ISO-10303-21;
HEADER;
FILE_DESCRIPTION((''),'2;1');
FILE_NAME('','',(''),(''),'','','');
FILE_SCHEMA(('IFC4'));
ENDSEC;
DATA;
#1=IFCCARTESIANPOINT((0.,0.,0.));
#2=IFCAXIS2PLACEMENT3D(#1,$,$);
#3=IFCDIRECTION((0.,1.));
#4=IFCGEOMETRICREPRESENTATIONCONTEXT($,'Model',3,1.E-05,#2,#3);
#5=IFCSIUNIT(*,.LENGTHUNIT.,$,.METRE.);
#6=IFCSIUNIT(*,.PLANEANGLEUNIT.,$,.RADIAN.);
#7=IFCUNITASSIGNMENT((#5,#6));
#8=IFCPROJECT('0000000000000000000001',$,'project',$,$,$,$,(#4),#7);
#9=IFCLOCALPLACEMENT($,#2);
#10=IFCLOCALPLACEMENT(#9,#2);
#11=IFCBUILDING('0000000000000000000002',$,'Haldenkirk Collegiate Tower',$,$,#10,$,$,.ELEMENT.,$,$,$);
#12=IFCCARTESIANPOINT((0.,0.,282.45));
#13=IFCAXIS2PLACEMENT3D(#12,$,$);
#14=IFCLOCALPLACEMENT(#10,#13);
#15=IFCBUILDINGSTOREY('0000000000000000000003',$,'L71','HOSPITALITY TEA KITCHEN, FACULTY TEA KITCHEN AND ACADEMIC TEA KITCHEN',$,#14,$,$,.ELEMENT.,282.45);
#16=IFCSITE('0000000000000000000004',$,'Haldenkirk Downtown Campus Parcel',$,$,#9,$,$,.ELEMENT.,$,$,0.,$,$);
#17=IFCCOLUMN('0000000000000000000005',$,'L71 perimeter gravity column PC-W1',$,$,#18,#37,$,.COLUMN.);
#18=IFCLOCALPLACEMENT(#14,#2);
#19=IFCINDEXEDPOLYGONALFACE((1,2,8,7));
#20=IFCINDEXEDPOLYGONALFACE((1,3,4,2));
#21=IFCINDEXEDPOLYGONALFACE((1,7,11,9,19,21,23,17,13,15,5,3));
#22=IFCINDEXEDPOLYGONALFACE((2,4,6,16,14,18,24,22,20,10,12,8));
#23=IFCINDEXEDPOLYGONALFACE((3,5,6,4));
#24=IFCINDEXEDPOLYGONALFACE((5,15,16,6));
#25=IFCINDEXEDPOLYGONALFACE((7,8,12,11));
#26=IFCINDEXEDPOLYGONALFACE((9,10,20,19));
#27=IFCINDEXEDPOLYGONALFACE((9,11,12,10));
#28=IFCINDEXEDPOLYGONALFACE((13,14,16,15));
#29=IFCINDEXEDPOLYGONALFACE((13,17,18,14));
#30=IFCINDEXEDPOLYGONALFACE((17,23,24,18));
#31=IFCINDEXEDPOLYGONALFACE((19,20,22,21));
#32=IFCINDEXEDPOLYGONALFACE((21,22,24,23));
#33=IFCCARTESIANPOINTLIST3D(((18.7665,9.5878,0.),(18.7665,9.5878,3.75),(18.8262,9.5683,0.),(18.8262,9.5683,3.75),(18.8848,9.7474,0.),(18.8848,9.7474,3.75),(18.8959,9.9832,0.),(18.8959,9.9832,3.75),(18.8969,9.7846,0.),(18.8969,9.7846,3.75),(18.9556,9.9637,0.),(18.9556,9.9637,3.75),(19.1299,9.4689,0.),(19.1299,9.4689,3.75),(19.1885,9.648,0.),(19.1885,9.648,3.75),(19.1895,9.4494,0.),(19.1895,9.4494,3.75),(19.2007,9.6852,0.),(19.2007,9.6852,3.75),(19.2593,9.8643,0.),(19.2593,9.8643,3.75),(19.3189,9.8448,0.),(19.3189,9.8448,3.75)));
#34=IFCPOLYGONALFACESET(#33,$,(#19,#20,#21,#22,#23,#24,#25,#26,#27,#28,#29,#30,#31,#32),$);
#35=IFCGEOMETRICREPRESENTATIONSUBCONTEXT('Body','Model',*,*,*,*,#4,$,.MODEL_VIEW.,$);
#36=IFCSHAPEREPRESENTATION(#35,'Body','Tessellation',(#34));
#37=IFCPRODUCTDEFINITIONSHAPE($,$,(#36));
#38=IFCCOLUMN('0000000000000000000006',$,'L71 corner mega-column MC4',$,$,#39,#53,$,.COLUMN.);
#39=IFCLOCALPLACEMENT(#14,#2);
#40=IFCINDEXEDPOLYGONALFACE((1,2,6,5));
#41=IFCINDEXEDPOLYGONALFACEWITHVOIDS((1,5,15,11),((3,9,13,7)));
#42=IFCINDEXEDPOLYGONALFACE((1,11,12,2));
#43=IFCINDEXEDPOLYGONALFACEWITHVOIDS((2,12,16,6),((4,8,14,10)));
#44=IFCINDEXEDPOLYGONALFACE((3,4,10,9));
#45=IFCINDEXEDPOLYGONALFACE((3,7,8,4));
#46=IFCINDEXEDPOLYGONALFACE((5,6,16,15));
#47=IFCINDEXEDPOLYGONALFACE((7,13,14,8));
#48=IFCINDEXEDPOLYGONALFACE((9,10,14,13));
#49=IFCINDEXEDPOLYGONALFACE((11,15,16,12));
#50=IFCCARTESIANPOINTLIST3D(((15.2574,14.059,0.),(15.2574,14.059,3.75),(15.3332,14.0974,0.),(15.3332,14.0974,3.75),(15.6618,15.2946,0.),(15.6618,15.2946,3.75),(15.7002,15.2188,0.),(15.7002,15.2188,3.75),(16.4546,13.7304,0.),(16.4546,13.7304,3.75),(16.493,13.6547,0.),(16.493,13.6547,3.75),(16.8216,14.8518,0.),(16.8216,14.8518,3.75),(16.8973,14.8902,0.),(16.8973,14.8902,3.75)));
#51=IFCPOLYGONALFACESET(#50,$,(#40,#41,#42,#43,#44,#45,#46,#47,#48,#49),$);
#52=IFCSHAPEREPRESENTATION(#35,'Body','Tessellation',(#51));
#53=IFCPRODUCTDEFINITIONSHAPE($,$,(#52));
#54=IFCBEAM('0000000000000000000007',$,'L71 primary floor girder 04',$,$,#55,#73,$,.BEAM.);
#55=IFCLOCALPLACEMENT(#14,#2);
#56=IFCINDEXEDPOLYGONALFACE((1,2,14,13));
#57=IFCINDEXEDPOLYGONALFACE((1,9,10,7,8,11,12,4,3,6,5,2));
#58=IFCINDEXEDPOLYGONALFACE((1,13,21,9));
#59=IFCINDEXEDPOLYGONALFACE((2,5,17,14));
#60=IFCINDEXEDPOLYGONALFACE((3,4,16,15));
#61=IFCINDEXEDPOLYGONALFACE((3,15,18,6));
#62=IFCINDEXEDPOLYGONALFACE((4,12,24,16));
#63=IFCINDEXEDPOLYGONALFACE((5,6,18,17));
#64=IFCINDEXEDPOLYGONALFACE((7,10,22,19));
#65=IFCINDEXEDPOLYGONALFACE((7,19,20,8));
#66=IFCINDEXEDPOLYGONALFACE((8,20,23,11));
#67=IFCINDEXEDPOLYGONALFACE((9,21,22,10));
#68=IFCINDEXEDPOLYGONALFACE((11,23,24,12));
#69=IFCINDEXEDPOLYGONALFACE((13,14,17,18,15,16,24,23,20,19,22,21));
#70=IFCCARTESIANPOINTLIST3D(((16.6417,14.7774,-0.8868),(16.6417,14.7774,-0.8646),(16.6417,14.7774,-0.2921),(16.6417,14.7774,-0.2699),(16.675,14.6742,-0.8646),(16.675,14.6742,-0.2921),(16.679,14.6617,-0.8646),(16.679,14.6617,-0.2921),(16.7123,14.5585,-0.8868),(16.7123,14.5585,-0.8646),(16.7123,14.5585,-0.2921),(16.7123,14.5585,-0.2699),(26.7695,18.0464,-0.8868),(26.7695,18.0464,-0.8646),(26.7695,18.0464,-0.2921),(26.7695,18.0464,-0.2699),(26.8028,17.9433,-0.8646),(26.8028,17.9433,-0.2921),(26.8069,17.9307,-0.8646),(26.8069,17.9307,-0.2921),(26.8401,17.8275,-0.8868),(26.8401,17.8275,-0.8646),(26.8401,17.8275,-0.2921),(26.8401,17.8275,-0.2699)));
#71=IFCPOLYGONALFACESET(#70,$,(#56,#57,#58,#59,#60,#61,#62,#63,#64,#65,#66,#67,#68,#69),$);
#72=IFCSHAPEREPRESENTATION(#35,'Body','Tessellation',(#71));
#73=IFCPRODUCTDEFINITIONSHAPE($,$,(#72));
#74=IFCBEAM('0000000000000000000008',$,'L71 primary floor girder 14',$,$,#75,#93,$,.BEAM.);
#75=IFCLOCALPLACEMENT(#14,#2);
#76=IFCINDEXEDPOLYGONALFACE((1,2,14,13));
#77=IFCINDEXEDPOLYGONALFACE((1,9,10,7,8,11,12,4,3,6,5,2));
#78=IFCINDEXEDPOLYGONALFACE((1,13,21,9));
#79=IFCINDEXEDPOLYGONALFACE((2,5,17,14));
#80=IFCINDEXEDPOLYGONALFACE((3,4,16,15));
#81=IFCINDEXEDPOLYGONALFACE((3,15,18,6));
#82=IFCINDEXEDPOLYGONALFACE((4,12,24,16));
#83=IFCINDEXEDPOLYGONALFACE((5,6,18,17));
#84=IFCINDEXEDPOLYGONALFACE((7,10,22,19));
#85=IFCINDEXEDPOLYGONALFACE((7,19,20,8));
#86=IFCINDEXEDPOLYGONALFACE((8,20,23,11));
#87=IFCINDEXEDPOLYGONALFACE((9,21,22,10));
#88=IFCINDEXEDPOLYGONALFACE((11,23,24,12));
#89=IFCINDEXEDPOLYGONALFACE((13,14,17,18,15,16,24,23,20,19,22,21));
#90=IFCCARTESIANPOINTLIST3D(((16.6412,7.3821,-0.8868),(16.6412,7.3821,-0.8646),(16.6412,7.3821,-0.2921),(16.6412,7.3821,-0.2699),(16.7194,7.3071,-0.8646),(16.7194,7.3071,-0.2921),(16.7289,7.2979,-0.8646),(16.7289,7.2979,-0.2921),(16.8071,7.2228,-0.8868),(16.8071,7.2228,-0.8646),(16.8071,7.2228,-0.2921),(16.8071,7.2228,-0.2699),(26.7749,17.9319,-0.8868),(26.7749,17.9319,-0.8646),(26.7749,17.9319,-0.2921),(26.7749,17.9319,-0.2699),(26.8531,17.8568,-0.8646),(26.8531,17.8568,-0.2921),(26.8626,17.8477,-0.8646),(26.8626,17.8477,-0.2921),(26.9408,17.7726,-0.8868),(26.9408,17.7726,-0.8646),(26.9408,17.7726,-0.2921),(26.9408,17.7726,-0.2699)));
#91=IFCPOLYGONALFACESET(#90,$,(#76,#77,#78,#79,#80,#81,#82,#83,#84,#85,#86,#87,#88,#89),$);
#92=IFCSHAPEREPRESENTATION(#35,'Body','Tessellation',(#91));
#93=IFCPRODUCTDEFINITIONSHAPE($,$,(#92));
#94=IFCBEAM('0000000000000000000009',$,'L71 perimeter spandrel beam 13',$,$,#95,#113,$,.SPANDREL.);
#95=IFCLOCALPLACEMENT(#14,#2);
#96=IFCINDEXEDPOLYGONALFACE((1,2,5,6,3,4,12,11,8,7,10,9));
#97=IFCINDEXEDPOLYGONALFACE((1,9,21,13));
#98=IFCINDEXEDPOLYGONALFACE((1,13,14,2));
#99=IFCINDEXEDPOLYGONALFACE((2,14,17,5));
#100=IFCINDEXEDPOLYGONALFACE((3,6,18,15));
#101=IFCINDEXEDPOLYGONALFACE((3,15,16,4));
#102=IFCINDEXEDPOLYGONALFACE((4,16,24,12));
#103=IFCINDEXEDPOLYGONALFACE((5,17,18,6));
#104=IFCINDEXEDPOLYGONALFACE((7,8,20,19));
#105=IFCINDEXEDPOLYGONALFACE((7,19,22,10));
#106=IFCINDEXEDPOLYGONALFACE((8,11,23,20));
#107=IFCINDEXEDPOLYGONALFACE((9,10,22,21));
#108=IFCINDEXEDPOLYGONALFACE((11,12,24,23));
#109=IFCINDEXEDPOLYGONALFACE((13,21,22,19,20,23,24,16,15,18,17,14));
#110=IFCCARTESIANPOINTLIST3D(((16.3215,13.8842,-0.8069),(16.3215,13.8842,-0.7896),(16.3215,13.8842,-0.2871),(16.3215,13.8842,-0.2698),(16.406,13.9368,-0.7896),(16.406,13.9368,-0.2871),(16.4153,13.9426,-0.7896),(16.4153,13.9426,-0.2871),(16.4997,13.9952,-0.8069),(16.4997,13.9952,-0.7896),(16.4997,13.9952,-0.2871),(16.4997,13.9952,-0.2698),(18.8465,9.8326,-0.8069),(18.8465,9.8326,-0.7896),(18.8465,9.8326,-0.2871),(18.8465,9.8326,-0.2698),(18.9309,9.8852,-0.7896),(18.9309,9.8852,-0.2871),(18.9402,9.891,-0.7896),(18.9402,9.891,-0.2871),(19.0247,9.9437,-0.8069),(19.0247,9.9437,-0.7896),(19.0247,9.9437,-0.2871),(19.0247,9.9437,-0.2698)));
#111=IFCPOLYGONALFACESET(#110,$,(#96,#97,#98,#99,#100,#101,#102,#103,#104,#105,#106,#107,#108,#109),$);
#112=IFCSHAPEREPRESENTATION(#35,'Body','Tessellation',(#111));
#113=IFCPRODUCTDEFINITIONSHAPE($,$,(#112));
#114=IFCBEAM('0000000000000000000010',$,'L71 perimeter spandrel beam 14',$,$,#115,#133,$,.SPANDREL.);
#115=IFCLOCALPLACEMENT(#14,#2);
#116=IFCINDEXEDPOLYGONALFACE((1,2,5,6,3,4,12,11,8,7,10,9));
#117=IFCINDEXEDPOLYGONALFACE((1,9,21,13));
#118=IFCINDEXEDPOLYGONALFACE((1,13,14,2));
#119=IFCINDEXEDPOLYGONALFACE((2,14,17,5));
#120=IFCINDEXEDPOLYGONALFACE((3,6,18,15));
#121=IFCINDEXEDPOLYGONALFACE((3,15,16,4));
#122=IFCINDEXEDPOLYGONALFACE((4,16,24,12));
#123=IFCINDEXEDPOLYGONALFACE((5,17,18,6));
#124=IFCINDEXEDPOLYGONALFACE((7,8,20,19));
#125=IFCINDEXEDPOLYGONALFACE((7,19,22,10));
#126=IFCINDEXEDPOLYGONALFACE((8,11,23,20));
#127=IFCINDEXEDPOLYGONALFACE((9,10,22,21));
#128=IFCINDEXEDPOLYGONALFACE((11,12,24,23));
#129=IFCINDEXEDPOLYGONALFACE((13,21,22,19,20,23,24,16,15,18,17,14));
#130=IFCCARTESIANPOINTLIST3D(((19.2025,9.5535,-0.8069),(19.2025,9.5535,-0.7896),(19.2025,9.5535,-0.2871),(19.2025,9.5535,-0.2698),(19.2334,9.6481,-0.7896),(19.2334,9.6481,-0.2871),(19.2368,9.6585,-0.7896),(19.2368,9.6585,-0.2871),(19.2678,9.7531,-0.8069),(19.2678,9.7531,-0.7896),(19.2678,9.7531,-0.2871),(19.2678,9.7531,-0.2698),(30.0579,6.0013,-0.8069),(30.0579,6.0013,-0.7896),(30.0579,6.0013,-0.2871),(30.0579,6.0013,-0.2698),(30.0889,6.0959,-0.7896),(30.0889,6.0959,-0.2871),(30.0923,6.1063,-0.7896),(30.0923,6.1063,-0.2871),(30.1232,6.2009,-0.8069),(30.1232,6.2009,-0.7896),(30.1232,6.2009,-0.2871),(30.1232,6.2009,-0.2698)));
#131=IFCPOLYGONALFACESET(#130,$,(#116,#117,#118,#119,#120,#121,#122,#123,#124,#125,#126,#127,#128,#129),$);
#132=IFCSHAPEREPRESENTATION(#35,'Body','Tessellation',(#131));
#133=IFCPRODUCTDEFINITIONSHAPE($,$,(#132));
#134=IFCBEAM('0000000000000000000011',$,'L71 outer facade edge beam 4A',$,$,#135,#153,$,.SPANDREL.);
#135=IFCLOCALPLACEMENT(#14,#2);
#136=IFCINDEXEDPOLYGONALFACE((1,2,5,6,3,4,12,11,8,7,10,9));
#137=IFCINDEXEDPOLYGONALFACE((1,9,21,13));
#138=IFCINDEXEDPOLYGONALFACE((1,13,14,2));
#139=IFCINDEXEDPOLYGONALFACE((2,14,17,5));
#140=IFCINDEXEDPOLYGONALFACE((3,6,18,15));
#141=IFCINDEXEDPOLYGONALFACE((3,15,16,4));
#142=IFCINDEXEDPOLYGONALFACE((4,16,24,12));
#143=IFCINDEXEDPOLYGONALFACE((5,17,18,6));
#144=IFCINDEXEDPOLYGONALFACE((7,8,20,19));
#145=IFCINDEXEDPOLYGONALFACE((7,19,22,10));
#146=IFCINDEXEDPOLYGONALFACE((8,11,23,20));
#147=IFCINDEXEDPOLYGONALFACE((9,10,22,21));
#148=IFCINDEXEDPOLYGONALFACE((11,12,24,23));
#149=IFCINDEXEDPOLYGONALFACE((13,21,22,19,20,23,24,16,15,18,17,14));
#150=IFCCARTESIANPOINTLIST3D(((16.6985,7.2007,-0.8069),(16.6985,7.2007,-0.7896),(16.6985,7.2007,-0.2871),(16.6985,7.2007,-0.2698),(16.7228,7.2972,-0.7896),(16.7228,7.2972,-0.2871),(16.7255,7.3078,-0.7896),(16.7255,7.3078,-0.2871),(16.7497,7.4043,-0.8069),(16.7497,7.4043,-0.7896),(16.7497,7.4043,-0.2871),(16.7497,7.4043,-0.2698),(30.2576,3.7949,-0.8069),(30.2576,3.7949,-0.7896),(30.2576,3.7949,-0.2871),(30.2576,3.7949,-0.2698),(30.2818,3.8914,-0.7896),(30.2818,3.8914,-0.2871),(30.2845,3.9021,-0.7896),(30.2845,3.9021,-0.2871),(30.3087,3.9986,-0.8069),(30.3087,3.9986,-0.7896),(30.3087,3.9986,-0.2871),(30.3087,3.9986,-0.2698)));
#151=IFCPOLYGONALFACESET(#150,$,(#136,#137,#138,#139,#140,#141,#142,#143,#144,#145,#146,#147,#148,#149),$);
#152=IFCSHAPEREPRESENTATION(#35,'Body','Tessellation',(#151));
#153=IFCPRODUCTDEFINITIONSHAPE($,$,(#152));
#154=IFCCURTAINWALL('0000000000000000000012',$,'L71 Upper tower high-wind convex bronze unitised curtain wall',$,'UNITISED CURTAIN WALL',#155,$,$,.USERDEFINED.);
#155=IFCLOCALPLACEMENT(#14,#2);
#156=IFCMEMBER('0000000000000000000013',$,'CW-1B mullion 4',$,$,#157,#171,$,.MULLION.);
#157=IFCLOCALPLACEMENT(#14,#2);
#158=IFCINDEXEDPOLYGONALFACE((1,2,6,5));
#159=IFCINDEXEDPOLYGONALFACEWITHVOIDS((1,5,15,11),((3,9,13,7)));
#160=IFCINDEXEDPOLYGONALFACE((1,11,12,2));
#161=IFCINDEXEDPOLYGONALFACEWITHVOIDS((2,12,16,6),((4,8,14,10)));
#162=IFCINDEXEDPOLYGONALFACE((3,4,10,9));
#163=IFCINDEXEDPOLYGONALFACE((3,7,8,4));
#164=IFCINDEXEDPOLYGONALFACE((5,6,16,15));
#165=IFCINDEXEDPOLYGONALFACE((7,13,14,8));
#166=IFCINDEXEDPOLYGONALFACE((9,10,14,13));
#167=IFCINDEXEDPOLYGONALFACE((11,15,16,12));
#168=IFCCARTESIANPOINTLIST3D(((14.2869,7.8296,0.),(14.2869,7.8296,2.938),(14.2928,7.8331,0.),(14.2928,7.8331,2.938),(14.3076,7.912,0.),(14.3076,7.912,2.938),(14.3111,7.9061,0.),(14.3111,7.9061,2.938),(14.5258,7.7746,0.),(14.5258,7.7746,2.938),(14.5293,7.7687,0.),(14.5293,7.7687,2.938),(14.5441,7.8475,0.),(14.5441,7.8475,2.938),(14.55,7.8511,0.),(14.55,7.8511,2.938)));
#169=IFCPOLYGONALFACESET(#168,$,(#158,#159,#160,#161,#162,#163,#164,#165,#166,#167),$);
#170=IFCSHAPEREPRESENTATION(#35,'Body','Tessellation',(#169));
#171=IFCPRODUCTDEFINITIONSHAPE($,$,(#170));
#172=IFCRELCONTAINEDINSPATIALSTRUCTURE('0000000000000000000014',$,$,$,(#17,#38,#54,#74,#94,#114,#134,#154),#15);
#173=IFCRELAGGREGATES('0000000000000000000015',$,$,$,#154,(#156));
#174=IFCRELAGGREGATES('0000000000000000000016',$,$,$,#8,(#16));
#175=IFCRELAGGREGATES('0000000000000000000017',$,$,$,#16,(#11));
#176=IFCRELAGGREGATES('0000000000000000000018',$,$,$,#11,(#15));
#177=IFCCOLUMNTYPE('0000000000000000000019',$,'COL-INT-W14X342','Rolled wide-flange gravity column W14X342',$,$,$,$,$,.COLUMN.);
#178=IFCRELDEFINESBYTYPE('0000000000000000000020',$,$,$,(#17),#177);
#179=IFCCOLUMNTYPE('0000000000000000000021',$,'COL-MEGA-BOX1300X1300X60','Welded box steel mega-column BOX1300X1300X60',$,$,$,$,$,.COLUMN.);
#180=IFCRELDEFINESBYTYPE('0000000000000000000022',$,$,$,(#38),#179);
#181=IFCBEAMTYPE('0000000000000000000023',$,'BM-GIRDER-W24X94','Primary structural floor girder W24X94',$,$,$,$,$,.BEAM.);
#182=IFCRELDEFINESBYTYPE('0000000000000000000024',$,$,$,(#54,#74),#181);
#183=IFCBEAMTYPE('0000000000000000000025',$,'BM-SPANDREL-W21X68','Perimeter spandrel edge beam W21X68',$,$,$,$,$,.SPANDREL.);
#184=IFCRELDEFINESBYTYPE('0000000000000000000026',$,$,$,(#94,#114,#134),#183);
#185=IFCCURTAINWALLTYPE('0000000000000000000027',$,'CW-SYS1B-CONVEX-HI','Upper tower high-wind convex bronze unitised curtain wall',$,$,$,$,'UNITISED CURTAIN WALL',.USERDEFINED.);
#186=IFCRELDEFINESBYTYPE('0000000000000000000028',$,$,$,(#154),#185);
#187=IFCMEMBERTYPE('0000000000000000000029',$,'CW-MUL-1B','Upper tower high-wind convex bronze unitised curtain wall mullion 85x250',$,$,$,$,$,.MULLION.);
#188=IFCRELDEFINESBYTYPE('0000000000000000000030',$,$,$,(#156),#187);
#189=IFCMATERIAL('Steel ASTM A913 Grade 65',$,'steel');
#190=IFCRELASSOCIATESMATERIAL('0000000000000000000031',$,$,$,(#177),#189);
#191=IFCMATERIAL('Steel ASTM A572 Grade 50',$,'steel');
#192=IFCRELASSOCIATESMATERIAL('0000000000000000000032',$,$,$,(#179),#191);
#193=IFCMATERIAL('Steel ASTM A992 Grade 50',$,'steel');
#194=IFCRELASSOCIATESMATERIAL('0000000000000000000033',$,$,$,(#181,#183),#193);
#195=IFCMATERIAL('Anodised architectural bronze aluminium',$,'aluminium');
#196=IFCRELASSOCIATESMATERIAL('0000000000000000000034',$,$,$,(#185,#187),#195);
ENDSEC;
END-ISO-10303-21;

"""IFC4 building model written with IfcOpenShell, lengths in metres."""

from ifc_helpers import new_model, si_unit, direction, frame, origin, origin_2d, place, context, subcontext, project, spatial, hollow_rectangle, i_section, extrude, material, material_profile, profile_set, type_object, element, aggregate, save


model = new_model("IFC4")

# Units and contexts
model_context = context("Model", 3, precision=1e-05, world=origin(), true_north=direction((0.0, 1.0)))
body_context = subcontext(model_context, "Body", "Model", "MODEL_VIEW")
ifc_project = project(units=[si_unit("LENGTHUNIT", "METRE"), si_unit("PLANEANGLEUNIT", "RADIAN")], contexts=[model_context])

# Site, building, storey
site_placement = place(None, origin())
site = spatial("IfcSite", under=ifc_project, at=site_placement, Name="Haldenkirk Downtown Campus Parcel", CompositionType="ELEMENT", RefElevation=0.0)
building_placement = place(site_placement, origin())
building = spatial("IfcBuilding", under=site, at=building_placement, Name="Haldenkirk Collegiate Tower", CompositionType="ELEMENT")
storey_placement = place(building_placement, frame((0.0, 0.0, 282.45)))
storey = spatial("IfcBuildingStorey", under=building, at=storey_placement, Name="L71", Description="HOSPITALITY TEA KITCHEN, FACULTY TEA KITCHEN AND ACADEMIC TEA KITCHEN", CompositionType="ELEMENT", Elevation=282.45)

# Columns
ifc_material_1 = material(Name="Steel ASTM A913 Grade 65", Category="steel")
ifc_material_profile_1 = material_profile(ifc_material_1, i_section(OverallWidth=0.416, OverallDepth=0.4451, WebThickness=0.0391, FlangeThickness=0.0627, at=origin_2d()), Name="W14X342")
ifc_profile_set_1 = profile_set([ifc_material_profile_1], Name="Steel ASTM A913 Grade 65")
column_type_1 = type_object("IfcColumnType", Name="COL-INT-W14X342", Description="Rolled wide-flange gravity column W14X342", PredefinedType="COLUMN", material=ifc_profile_set_1)
column_1_placement = place(storey_placement, frame((19.0427, 9.7163, 0.0), z_axis=(0.0, 0.0, 1.0), x_axis=(0.311008, 0.950407, 0.0)))
element("IfcColumn", 1, at=column_1_placement, inside=storey, type_object=column_type_1, Name="L71 perimeter gravity column PC-W1", PredefinedType="COLUMN", context=body_context, shape_type="SweptSolid", body=[
    extrude(i_section(OverallWidth=0.416, OverallDepth=0.4451, WebThickness=0.0391, FlangeThickness=0.0627, at=origin_2d()), origin(), (0.0, 0.0, 1.0), 3.75),
])
ifc_material_2 = material(Name="Steel ASTM A572 Grade 50", Category="steel")
ifc_material_profile_2 = material_profile(ifc_material_2, hollow_rectangle(XDim=1.3, YDim=1.3, WallThickness=0.0601, at=origin_2d()), Name="BOX1300X1300X60")
ifc_profile_set_2 = profile_set([ifc_material_profile_2], Name="Steel ASTM A572 Grade 50")
column_type_2 = type_object("IfcColumnType", Name="COL-MEGA-BOX1300X1300X60", Description="Welded box steel mega-column BOX1300X1300X60", PredefinedType="COLUMN", material=ifc_profile_set_2)
column_2_placement = place(storey_placement, frame((16.0774, 14.4746, 0.0), z_axis=(0.0, 0.0, 1.0), x_axis=(0.311008, 0.950407, 0.0)))
element("IfcColumn", 2, at=column_2_placement, inside=storey, type_object=column_type_2, Name="L71 corner mega-column MC4", PredefinedType="COLUMN", context=body_context, shape_type="SweptSolid", body=[
    extrude(hollow_rectangle(XDim=1.3, YDim=1.3, WallThickness=0.0601, at=origin_2d()), origin(), (0.0, 0.0, 1.0), 3.75),
])

# Beams
ifc_material_3 = material(Name="Steel ASTM A992 Grade 50", Category="steel")
ifc_material_profile_3 = material_profile(ifc_material_3, i_section(OverallWidth=0.23, OverallDepth=0.6169, WebThickness=0.0132, FlangeThickness=0.0222, at=origin_2d()), Name="W24X94")
ifc_profile_set_3 = profile_set([ifc_material_profile_3], Name="Steel ASTM A992 Grade 50")
beam_type_1 = type_object("IfcBeamType", Name="BM-GIRDER-W24X94", Description="Primary structural floor girder W24X94", PredefinedType="BEAM", material=ifc_profile_set_3)
beam_1_placement = place(storey_placement, frame((16.677, 14.668, -0.5784), z_axis=(0.951655, 0.30717, 0.0), x_axis=(-0.30717, 0.951655, 0.0)))
element("IfcBeam", 3, at=beam_1_placement, inside=storey, type_object=beam_type_1, Name="L71 primary floor girder 04", PredefinedType="BEAM", context=body_context, shape_type="SweptSolid", body=[
    extrude(i_section(OverallWidth=0.23, OverallDepth=0.6169, WebThickness=0.0132, FlangeThickness=0.0222, at=origin_2d()), origin(), (0.0, 0.0, 1.0), 10.6423),
])
beam_2_placement = place(storey_placement, frame((16.7241, 7.3025, -0.5784), z_axis=(0.692744, 0.721183, 0.0), x_axis=(-0.721183, 0.692744, 0.0)))
element("IfcBeam", 4, at=beam_2_placement, inside=storey, type_object=beam_type_1, Name="L71 primary floor girder 14", PredefinedType="BEAM", context=body_context, shape_type="SweptSolid", body=[
    extrude(i_section(OverallWidth=0.23, OverallDepth=0.6169, WebThickness=0.0132, FlangeThickness=0.0222, at=origin_2d()), origin(), (0.0, 0.0, 1.0), 14.6284),
])
ifc_material_profile_4 = material_profile(ifc_material_3, i_section(OverallWidth=0.21, OverallDepth=0.5371, WebThickness=0.011, FlangeThickness=0.0173, at=origin_2d()), Name="W21X68")
ifc_profile_set_4 = profile_set([ifc_material_profile_4], Name="Steel ASTM A992 Grade 50")
beam_type_2 = type_object("IfcBeamType", Name="BM-SPANDREL-W21X68", Description="Perimeter spandrel edge beam W21X68", PredefinedType="SPANDREL", material=ifc_profile_set_4)
beam_3_placement = place(storey_placement, frame((16.4106, 13.9397, -0.5383), z_axis=(0.5289, -0.848684, 0.0), x_axis=(0.848684, 0.5289, 0.0)))
element("IfcBeam", 5, at=beam_3_placement, inside=storey, type_object=beam_type_2, Name="L71 perimeter spandrel beam 13", PredefinedType="SPANDREL", context=body_context, shape_type="SweptSolid", body=[
    extrude(i_section(OverallWidth=0.21, OverallDepth=0.5371, WebThickness=0.011, FlangeThickness=0.0173, at=origin_2d()), origin(), (0.0, 0.0, 1.0), 4.7739),
])
beam_4_placement = place(storey_placement, frame((19.2351, 9.6533, -0.5383), z_axis=(0.950409, -0.311003, 0.0), x_axis=(0.311003, 0.950409, 0.0)))
element("IfcBeam", 6, at=beam_4_placement, inside=storey, type_object=beam_type_2, Name="L71 perimeter spandrel beam 14", PredefinedType="SPANDREL", context=body_context, shape_type="SweptSolid", body=[
    extrude(i_section(OverallWidth=0.21, OverallDepth=0.5371, WebThickness=0.011, FlangeThickness=0.0173, at=origin_2d()), origin(), (0.0, 0.0, 1.0), 11.4219),
])
beam_5_placement = place(storey_placement, frame((16.7241, 7.3025, -0.5383), z_axis=(0.969873, -0.243612, 0.0), x_axis=(0.243612, 0.969873, 0.0)))
element("IfcBeam", 7, at=beam_5_placement, inside=storey, type_object=beam_type_2, Name="L71 outer facade edge beam 4A", PredefinedType="SPANDREL", context=body_context, shape_type="SweptSolid", body=[
    extrude(i_section(OverallWidth=0.21, OverallDepth=0.5371, WebThickness=0.011, FlangeThickness=0.0173, at=origin_2d()), origin(), (0.0, 0.0, 1.0), 13.9802),
])

# Curtain wall, member
ifc_material_4 = material(Name="Anodised architectural bronze aluminium", Category="aluminium")
curtain_wall_type = type_object("IfcCurtainWallType", Name="CW-SYS1B-CONVEX-HI", Description="Upper tower high-wind convex bronze unitised curtain wall", ElementType="UNITISED CURTAIN WALL", PredefinedType="USERDEFINED", material=ifc_material_4)
curtain_wall_placement = place(storey_placement, origin())
curtain_wall = element("IfcCurtainWall", 8, at=curtain_wall_placement, inside=storey, type_object=curtain_wall_type, Name="L71 Upper tower high-wind convex bronze unitised curtain wall", ObjectType="UNITISED CURTAIN WALL", PredefinedType="USERDEFINED")
ifc_material_profile_5 = material_profile(ifc_material_4, hollow_rectangle(XDim=0.085, YDim=0.25, WallThickness=0.0049, at=origin_2d()), Name="CW-MUL-1B")
ifc_profile_set_5 = profile_set([ifc_material_profile_5], Name="Anodised architectural bronze aluminium")
member_type_1 = type_object("IfcMemberType", Name="CW-MUL-1B", Description="Upper tower high-wind convex bronze unitised curtain wall mullion 85x250", PredefinedType="MULLION", material=ifc_profile_set_5)
member_1_placement = place(storey_placement, frame((14.4185, 7.8403, 0.0), z_axis=(0.0, 0.0, 1.0), x_axis=(-0.243611, -0.969873, 0.0)))
member_1 = element("IfcMember", 9, at=member_1_placement, type_object=member_type_1, Name="CW-1B mullion 4", PredefinedType="MULLION", context=body_context, shape_type="SweptSolid", body=[
    extrude(hollow_rectangle(XDim=0.085, YDim=0.25, WallThickness=0.0049, at=origin_2d()), origin(), (0.0, 0.0, 1.0), 2.938),
])
aggregate(curtain_wall, [member_1])

save(model, "model.ifc")
